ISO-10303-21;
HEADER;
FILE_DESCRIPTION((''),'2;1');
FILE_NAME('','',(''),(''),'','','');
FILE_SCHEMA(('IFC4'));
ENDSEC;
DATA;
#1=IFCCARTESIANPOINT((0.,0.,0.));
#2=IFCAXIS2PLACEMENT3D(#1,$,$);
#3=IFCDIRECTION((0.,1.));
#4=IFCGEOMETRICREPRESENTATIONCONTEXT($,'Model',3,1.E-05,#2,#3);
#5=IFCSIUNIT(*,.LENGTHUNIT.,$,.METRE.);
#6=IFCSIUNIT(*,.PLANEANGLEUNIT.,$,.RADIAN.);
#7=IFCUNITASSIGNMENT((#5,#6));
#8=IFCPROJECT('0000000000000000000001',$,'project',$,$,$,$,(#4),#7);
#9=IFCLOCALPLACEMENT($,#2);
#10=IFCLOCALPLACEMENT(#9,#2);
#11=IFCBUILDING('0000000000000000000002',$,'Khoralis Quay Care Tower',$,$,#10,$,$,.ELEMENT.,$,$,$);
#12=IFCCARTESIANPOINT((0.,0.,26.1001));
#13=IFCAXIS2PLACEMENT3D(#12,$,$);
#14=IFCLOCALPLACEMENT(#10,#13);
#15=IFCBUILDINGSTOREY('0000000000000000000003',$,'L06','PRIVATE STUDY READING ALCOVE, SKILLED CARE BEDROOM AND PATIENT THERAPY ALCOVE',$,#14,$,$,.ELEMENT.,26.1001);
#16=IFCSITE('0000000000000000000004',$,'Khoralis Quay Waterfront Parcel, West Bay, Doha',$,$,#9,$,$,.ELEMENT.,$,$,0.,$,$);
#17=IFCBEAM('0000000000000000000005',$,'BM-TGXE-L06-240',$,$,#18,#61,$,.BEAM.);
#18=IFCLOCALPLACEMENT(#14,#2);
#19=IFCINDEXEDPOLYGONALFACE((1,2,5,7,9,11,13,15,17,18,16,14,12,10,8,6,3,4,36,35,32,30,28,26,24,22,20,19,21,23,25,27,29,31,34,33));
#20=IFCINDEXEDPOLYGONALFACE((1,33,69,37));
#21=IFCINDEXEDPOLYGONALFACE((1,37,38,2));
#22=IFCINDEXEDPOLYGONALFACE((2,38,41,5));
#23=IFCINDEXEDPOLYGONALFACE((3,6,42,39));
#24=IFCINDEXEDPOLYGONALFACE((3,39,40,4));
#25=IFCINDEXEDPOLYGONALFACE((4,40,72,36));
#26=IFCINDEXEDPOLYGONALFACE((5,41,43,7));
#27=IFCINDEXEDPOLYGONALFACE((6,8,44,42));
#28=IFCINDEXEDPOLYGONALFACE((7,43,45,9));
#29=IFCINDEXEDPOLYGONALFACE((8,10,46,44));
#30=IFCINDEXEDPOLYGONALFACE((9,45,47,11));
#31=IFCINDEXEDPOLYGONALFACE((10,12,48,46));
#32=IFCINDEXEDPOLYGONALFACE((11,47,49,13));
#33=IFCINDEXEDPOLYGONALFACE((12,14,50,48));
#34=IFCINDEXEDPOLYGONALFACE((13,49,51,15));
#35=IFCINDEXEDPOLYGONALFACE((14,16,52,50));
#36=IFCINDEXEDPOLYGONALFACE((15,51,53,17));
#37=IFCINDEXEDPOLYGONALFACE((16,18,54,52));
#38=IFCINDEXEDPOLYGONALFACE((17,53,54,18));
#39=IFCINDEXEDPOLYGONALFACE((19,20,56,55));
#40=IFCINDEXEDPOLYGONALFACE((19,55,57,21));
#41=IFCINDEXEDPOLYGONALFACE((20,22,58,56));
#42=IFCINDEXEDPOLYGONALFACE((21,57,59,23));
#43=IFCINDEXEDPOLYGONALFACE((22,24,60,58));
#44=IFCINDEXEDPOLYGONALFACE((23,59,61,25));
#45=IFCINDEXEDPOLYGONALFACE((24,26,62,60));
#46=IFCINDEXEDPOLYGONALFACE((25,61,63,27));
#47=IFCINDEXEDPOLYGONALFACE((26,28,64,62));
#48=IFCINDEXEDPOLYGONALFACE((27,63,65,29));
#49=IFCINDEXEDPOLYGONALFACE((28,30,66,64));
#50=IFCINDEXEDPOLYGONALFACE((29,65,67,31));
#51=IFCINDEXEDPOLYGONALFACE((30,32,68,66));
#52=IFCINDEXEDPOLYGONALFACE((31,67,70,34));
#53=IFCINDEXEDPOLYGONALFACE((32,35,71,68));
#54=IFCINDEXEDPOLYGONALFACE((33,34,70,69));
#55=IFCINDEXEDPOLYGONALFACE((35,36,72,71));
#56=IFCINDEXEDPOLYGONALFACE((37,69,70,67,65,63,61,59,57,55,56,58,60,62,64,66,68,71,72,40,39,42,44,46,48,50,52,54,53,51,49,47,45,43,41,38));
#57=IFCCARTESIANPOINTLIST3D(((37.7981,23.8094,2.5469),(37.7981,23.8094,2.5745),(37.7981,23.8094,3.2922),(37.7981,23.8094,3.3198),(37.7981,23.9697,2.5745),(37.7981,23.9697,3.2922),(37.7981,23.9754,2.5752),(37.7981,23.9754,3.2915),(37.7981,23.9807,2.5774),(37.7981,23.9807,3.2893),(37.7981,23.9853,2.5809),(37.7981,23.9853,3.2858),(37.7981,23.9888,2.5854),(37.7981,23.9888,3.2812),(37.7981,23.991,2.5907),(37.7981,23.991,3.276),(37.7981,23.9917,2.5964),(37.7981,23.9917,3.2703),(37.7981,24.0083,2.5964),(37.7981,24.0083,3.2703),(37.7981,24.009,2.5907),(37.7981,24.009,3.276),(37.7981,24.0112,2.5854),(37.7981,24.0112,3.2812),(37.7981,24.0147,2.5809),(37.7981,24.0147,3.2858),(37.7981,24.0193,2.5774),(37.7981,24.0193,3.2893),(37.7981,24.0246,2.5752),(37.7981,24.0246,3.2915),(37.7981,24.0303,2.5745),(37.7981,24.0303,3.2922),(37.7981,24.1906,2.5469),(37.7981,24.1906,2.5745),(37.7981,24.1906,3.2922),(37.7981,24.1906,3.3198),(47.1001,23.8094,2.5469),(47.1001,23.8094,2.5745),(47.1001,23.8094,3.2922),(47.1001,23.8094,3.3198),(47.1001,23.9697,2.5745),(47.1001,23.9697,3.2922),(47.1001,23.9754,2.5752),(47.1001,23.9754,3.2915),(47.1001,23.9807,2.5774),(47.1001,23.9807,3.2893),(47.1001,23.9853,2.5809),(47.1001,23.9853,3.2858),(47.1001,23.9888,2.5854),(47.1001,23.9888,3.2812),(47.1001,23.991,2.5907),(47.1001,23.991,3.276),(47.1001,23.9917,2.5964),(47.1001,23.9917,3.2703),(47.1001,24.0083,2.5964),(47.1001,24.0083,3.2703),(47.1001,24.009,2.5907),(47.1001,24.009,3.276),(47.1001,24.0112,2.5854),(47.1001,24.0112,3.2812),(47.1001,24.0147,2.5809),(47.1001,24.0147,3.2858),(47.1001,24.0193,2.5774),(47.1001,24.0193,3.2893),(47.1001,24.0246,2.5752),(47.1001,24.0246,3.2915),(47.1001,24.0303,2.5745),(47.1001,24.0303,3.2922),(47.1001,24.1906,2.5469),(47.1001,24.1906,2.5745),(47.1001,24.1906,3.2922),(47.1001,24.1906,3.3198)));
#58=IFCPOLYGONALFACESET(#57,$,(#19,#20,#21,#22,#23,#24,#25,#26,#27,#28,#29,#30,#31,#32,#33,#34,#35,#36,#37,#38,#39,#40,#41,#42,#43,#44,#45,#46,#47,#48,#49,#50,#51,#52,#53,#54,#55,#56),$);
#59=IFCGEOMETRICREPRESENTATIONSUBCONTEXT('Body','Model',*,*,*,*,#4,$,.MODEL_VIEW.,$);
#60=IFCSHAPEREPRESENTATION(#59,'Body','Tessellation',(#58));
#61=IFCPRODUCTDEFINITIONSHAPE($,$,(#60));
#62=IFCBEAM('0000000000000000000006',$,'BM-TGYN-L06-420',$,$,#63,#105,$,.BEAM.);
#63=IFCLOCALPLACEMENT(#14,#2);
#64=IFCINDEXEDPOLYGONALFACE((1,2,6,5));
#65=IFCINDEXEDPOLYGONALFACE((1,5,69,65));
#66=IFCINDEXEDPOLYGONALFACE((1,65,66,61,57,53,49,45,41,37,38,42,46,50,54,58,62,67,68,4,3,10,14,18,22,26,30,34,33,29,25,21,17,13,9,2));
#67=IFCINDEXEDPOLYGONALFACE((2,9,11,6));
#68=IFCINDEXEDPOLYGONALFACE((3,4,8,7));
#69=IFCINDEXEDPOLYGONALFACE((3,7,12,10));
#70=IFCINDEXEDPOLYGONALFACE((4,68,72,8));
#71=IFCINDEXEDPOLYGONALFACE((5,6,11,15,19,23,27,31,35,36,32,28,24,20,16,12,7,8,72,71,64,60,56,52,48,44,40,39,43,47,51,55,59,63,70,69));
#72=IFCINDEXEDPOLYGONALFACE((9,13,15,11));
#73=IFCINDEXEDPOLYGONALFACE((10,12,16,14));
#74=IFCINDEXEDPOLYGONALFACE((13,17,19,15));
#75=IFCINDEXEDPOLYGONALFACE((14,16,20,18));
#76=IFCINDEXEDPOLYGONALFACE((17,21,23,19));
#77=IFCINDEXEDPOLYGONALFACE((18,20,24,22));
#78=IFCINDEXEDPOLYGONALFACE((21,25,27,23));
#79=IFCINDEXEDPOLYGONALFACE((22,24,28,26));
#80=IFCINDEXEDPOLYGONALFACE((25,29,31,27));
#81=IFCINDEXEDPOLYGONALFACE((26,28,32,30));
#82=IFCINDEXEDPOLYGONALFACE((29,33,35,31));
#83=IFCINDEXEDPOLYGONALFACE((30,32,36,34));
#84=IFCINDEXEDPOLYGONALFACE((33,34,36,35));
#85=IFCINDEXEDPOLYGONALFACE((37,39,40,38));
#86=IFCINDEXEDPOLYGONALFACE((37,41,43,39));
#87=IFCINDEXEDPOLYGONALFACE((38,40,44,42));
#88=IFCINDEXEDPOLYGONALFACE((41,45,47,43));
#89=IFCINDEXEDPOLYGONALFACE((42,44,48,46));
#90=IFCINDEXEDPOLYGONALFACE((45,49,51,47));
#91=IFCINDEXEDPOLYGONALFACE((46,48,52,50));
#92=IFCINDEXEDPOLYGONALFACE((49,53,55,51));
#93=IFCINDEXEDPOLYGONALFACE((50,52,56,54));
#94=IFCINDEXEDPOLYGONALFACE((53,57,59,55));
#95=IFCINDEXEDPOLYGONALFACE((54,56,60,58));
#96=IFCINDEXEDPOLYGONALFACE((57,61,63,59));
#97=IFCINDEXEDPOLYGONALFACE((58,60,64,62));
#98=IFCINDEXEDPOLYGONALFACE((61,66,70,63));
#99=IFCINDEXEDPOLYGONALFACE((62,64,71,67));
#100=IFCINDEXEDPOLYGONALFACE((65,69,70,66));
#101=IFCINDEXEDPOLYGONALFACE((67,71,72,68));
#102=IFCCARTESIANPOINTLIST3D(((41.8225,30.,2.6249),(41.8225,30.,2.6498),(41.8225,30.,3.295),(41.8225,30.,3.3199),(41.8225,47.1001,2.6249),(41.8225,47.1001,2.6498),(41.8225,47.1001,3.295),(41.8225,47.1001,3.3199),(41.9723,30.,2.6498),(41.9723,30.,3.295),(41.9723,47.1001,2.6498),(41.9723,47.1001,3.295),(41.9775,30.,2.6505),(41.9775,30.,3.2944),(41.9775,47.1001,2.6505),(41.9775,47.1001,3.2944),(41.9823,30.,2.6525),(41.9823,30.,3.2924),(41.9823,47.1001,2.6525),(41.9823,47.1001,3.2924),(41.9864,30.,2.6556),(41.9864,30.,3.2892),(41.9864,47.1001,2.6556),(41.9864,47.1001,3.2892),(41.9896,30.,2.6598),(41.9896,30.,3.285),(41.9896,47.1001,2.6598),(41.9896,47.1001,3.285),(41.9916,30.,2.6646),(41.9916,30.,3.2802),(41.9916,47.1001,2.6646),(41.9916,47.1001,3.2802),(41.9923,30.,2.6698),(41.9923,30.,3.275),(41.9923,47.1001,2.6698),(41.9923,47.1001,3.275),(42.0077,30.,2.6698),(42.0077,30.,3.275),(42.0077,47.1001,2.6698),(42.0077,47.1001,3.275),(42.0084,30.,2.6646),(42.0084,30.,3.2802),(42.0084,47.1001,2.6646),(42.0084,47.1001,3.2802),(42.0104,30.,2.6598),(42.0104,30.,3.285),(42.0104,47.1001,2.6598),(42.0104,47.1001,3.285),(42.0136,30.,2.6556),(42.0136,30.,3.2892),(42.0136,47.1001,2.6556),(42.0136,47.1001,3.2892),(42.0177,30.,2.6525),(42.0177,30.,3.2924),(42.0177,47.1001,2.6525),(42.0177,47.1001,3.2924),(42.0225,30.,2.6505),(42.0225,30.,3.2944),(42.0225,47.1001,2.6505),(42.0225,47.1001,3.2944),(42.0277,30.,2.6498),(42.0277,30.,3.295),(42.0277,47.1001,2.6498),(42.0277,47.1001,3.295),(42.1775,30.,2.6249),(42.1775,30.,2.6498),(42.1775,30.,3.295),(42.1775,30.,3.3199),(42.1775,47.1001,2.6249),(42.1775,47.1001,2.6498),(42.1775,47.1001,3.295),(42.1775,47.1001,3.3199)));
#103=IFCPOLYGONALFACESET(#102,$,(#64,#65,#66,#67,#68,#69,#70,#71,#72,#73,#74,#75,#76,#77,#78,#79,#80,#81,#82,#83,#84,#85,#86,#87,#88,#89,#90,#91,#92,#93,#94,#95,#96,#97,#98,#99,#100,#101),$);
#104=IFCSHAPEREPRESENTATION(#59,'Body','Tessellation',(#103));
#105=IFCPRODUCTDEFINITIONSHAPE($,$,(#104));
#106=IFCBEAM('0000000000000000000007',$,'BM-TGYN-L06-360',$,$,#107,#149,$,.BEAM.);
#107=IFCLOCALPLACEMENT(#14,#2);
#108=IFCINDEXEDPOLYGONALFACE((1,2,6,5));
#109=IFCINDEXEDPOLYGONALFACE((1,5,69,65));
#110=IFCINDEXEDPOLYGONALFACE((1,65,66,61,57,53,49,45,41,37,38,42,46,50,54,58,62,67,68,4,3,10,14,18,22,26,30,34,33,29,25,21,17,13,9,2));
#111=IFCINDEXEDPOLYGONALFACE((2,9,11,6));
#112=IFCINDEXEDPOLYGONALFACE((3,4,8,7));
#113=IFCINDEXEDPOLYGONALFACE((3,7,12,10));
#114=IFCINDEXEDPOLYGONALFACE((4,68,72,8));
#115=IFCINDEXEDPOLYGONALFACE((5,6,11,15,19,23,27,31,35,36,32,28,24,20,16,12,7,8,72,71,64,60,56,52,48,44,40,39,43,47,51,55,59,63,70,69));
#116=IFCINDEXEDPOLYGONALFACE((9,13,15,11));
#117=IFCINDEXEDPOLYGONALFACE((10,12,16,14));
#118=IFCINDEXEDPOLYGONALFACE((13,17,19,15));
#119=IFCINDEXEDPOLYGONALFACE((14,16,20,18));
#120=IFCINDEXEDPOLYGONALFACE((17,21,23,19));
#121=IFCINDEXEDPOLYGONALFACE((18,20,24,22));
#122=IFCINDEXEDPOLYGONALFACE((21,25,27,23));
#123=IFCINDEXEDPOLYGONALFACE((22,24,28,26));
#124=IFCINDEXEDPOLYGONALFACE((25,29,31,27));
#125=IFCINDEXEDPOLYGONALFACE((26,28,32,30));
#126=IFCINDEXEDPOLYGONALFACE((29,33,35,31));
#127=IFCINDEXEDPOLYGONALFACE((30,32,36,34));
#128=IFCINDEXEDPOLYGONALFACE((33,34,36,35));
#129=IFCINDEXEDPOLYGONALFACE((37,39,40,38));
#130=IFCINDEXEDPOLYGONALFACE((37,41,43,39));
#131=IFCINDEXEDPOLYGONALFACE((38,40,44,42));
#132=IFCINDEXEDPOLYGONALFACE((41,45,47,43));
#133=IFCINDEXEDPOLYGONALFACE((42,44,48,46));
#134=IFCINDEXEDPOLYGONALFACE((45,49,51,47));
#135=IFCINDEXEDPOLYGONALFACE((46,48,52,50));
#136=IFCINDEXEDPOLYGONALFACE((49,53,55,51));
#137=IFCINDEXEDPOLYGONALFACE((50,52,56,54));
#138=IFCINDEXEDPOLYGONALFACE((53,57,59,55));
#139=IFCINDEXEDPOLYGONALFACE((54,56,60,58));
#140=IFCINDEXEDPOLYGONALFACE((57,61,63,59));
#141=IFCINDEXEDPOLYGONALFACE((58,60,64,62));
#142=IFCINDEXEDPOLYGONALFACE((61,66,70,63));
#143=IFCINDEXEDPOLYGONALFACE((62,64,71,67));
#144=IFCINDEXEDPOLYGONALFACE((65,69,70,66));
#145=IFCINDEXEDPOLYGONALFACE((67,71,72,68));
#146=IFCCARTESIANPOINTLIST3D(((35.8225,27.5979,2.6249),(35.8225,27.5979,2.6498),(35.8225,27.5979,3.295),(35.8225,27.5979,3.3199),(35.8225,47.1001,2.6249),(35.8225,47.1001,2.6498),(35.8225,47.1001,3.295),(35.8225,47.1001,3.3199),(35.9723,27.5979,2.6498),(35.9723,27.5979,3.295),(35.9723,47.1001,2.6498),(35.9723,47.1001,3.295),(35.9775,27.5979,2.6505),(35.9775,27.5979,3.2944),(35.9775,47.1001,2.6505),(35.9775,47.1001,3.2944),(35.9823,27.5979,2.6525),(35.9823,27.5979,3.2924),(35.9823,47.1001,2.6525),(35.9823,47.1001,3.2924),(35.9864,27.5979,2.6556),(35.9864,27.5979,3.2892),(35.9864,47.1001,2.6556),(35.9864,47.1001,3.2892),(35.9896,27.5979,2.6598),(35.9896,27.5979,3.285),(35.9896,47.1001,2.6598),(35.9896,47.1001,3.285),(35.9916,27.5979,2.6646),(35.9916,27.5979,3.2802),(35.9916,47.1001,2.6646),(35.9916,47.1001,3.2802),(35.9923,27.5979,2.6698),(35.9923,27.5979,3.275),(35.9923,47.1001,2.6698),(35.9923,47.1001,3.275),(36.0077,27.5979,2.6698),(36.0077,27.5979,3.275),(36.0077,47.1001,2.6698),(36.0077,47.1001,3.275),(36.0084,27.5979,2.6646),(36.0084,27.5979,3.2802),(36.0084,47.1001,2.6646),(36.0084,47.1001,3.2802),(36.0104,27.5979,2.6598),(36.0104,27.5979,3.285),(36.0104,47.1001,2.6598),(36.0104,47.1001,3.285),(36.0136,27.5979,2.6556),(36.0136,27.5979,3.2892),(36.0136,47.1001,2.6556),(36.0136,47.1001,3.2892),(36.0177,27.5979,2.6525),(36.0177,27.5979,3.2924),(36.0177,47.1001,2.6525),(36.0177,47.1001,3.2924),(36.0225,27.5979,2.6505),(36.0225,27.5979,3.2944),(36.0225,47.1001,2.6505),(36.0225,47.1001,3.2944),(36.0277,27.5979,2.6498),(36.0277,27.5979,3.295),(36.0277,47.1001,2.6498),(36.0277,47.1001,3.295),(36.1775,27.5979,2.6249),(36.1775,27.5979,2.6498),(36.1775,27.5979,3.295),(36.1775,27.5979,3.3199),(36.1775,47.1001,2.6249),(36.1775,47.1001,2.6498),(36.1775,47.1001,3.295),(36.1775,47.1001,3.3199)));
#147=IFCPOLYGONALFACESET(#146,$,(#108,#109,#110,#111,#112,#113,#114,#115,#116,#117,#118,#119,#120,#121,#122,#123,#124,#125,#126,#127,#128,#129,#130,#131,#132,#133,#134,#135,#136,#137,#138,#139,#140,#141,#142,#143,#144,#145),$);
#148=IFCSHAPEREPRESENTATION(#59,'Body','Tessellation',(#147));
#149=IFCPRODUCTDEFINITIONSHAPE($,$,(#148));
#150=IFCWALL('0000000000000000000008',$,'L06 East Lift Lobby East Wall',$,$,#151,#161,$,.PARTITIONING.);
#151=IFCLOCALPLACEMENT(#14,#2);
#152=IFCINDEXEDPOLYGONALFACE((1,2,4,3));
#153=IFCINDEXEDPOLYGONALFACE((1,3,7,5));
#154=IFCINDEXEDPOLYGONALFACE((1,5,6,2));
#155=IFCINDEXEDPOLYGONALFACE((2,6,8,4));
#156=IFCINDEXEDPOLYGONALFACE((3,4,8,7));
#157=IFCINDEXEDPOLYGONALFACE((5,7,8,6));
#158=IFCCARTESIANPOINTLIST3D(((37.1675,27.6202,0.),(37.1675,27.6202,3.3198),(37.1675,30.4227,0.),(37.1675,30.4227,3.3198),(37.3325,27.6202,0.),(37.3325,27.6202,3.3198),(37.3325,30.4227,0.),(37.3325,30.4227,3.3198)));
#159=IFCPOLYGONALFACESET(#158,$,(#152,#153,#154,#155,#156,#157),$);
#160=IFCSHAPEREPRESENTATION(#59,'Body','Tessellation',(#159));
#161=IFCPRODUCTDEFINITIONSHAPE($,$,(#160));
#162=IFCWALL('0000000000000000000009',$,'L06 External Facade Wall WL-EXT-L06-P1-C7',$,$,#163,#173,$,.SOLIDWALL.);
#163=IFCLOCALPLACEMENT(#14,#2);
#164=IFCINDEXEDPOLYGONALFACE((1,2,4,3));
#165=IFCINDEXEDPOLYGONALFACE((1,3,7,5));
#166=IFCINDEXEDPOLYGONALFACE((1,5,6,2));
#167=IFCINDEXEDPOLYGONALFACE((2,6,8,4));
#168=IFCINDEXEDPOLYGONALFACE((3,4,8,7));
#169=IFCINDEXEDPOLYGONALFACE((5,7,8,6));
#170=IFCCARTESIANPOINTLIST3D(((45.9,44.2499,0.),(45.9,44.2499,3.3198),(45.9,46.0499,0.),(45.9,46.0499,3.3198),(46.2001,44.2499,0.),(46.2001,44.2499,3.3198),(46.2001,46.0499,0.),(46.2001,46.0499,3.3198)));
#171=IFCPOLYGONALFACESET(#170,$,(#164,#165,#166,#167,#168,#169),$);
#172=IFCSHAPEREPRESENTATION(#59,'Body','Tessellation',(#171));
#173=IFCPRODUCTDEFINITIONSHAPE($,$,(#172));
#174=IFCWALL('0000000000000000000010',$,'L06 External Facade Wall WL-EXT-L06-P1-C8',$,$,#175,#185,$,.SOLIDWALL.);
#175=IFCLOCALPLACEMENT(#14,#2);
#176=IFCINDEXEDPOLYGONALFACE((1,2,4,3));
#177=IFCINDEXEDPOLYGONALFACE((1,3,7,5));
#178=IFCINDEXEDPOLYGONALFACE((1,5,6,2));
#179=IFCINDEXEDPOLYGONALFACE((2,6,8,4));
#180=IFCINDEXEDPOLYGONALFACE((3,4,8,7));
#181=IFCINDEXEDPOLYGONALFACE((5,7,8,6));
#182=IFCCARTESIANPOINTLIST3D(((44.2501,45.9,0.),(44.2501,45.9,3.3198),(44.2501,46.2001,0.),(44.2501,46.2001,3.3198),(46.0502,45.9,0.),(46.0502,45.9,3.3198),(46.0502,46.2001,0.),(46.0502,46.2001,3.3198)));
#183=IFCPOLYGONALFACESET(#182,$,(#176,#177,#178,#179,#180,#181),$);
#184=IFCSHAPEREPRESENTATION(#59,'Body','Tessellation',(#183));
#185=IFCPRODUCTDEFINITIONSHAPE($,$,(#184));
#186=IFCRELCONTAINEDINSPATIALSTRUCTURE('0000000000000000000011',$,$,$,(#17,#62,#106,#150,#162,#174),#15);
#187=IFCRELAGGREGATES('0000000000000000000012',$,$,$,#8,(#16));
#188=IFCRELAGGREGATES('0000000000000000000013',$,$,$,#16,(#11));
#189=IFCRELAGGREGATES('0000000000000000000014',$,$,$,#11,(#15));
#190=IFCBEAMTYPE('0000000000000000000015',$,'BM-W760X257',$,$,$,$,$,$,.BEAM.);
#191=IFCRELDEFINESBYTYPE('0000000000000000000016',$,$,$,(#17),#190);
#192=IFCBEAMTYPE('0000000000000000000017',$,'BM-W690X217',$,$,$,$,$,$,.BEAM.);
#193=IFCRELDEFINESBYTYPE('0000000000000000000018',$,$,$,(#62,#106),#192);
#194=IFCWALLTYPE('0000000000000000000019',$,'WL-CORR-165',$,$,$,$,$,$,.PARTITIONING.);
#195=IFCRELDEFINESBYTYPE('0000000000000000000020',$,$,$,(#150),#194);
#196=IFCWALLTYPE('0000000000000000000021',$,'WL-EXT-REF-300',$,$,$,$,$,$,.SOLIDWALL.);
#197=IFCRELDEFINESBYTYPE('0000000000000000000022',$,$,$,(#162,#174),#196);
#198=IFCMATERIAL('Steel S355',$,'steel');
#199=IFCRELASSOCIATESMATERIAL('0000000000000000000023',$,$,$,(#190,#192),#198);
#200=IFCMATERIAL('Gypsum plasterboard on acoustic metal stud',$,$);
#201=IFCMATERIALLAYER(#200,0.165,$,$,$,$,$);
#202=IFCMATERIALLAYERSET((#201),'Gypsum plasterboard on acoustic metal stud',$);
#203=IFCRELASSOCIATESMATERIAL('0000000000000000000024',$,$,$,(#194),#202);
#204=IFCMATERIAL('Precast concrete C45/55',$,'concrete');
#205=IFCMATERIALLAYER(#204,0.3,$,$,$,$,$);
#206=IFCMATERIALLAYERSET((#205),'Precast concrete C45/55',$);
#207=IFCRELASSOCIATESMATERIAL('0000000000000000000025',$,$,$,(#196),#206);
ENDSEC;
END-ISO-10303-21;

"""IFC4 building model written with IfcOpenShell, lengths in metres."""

from ifc_helpers import new_model, si_unit, direction, frame, frame_2d, origin, origin_2d, place, context, subcontext, project, spatial, rectangle, i_section, extrude, source, transform, mapped, material, layer, layer_set, material_profile, profile_set, type_object, element, save


model = new_model("IFC4")

# Units and contexts
model_context = context("Model", 3, precision=1e-05, world=origin(), true_north=direction((0.0, 1.0)))
body_context = subcontext(model_context, "Body", "Model", "MODEL_VIEW")
ifc_project = project(units=[si_unit("LENGTHUNIT", "METRE"), si_unit("PLANEANGLEUNIT", "RADIAN")], contexts=[model_context])

# Site, building, storey
site_placement = place(None, origin())
site = spatial("IfcSite", under=ifc_project, at=site_placement, Name="Khoralis Quay Waterfront Parcel, West Bay, Doha", CompositionType="ELEMENT", RefElevation=0.0)
building_placement = place(site_placement, origin())
building = spatial("IfcBuilding", under=site, at=building_placement, Name="Khoralis Quay Care Tower", CompositionType="ELEMENT")
storey_placement = place(building_placement, frame((0.0, 0.0, 26.1001)))
storey = spatial("IfcBuildingStorey", under=building, at=storey_placement, Name="L06", Description="PRIVATE STUDY READING ALCOVE, SKILLED CARE BEDROOM AND PATIENT THERAPY ALCOVE", CompositionType="ELEMENT", Elevation=26.1001)

# Beams
ifc_material_1 = material(Name="Steel S355", Category="steel")
ifc_material_profile_1 = material_profile(ifc_material_1, i_section(OverallWidth=0.3811, OverallDepth=0.7729, WebThickness=0.0166, FlangeThickness=0.0276, FilletRadius=0.022, at=origin_2d()), Name="Steel S355")
ifc_profile_set_1 = profile_set([ifc_material_profile_1], Name="Steel S355")
beam_type_1 = type_object("IfcBeamType", Name="BM-W760X257", PredefinedType="BEAM", material=ifc_profile_set_1)
shared_shape_1 = source(origin(), body_context, "Body", "SweptSolid", [
    extrude(i_section(OverallWidth=0.3811, OverallDepth=0.7729, WebThickness=0.0166, FlangeThickness=0.0276, FilletRadius=0.022, at=origin_2d()), origin(), (0.0, 0.0, 1.0), 9.302),
])
for number, where, z_axis, x_axis, name in (
    (1, (37.7981, 24.0, 2.9333), (1.0, 0.0, 0.0), (0.0, 1.0, 0.0), "BM-TGXE-L06-240"),
):
    element("IfcBeam", number, at=place(storey_placement, frame(where, z_axis=z_axis, x_axis=x_axis)), inside=storey, type_object=beam_type_1, Name=name, PredefinedType="BEAM", context=body_context, shape_type="MappedRepresentation", body=[
        mapped(shared_shape_1, transform((0.0, 0.0, 0.0), scale=1.0)),
    ])
ifc_material_profile_2 = material_profile(ifc_material_1, i_section(OverallWidth=0.355, OverallDepth=0.6951, WebThickness=0.0154, FlangeThickness=0.0249, FilletRadius=0.02, at=origin_2d()), Name="Steel S355")
ifc_profile_set_2 = profile_set([ifc_material_profile_2], Name="Steel S355")
beam_type_2 = type_object("IfcBeamType", Name="BM-W690X217", PredefinedType="BEAM", material=ifc_profile_set_2)
shared_shape_2 = source(origin(), body_context, "Body", "SweptSolid", [
    extrude(i_section(OverallWidth=0.355, OverallDepth=0.6951, WebThickness=0.0154, FlangeThickness=0.0249, FilletRadius=0.02, at=origin_2d()), origin(), (0.0, 0.0, 1.0), 17.1001),
])
beam_1_placement = place(storey_placement, frame((42.0, 30.0, 2.9724), z_axis=(0.0, 1.0, 0.0), x_axis=(-1.0, 0.0, 0.0)))
element("IfcBeam", 2, at=beam_1_placement, inside=storey, type_object=beam_type_2, Name="BM-TGYN-L06-420", PredefinedType="BEAM", context=body_context, shape_type="MappedRepresentation", body=[
    mapped(shared_shape_2, transform((0.0, 0.0, 0.0), scale=1.0)),
])
shared_shape_3 = source(origin(), body_context, "Body", "SweptSolid", [
    extrude(i_section(OverallWidth=0.355, OverallDepth=0.6951, WebThickness=0.0154, FlangeThickness=0.0249, FilletRadius=0.02, at=origin_2d()), origin(), (0.0, 0.0, 1.0), 19.5022),
])
beam_2_placement = place(storey_placement, frame((36.0, 27.5979, 2.9724), z_axis=(0.0, 1.0, 0.0), x_axis=(-1.0, 0.0, 0.0)))
element("IfcBeam", 3, at=beam_2_placement, inside=storey, type_object=beam_type_2, Name="BM-TGYN-L06-360", PredefinedType="BEAM", context=body_context, shape_type="MappedRepresentation", body=[
    mapped(shared_shape_3, transform((0.0, 0.0, 0.0), scale=1.0)),
])

# Walls
ifc_material_2 = material(Name="Gypsum plasterboard on acoustic metal stud")
ifc_layer_1 = layer(ifc_material_2, 0.165)
ifc_layer_set_1 = layer_set([ifc_layer_1], Name="Gypsum plasterboard on acoustic metal stud")
wall_type_1 = type_object("IfcWallType", Name="WL-CORR-165", PredefinedType="PARTITIONING", material=ifc_layer_set_1)
wall_1_placement = place(storey_placement, frame((37.25, 27.6201, 0.0), z_axis=(0.0, 0.0, 1.0), x_axis=(0.0, 1.0, 0.0)))
element("IfcWall", 4, at=wall_1_placement, inside=storey, type_object=wall_type_1, Name="L06 East Lift Lobby East Wall", PredefinedType="PARTITIONING", context=body_context, shape_type="SweptSolid", body=[
    extrude(rectangle(XDim=2.8025, YDim=0.165, at=frame_2d((1.4014, 0.0))), origin(), (0.0, 0.0, 1.0), 3.3198),
])
ifc_material_3 = material(Name="Precast concrete C45/55", Category="concrete")
ifc_layer_2 = layer(ifc_material_3, 0.3)
ifc_layer_set_2 = layer_set([ifc_layer_2], Name="Precast concrete C45/55")
wall_type_2 = type_object("IfcWallType", Name="WL-EXT-REF-300", PredefinedType="SOLIDWALL", material=ifc_layer_set_2)
for number, where, z_axis, x_axis, name in (
    (5, (46.05, 44.25, 0.0), (0.0, 0.0, 1.0), (0.0, 1.0, 0.0), "L06 External Facade Wall WL-EXT-L06-P1-C7"),
    (6, (46.05, 46.05, 0.0), (0.0, 0.0, 1.0), (-1.0, 0.0, 0.0), "L06 External Facade Wall WL-EXT-L06-P1-C8"),
):
    element("IfcWall", number, at=place(storey_placement, frame(where, z_axis=z_axis, x_axis=x_axis)), inside=storey, type_object=wall_type_2, Name=name, PredefinedType="SOLIDWALL", context=body_context, shape_type="SweptSolid", body=[
        extrude(rectangle(XDim=1.8, YDim=0.3, at=frame_2d((0.8999, 0.0))), origin(), (0.0, 0.0, 1.0), 3.3198),
    ])

save(model, "model.ifc")
